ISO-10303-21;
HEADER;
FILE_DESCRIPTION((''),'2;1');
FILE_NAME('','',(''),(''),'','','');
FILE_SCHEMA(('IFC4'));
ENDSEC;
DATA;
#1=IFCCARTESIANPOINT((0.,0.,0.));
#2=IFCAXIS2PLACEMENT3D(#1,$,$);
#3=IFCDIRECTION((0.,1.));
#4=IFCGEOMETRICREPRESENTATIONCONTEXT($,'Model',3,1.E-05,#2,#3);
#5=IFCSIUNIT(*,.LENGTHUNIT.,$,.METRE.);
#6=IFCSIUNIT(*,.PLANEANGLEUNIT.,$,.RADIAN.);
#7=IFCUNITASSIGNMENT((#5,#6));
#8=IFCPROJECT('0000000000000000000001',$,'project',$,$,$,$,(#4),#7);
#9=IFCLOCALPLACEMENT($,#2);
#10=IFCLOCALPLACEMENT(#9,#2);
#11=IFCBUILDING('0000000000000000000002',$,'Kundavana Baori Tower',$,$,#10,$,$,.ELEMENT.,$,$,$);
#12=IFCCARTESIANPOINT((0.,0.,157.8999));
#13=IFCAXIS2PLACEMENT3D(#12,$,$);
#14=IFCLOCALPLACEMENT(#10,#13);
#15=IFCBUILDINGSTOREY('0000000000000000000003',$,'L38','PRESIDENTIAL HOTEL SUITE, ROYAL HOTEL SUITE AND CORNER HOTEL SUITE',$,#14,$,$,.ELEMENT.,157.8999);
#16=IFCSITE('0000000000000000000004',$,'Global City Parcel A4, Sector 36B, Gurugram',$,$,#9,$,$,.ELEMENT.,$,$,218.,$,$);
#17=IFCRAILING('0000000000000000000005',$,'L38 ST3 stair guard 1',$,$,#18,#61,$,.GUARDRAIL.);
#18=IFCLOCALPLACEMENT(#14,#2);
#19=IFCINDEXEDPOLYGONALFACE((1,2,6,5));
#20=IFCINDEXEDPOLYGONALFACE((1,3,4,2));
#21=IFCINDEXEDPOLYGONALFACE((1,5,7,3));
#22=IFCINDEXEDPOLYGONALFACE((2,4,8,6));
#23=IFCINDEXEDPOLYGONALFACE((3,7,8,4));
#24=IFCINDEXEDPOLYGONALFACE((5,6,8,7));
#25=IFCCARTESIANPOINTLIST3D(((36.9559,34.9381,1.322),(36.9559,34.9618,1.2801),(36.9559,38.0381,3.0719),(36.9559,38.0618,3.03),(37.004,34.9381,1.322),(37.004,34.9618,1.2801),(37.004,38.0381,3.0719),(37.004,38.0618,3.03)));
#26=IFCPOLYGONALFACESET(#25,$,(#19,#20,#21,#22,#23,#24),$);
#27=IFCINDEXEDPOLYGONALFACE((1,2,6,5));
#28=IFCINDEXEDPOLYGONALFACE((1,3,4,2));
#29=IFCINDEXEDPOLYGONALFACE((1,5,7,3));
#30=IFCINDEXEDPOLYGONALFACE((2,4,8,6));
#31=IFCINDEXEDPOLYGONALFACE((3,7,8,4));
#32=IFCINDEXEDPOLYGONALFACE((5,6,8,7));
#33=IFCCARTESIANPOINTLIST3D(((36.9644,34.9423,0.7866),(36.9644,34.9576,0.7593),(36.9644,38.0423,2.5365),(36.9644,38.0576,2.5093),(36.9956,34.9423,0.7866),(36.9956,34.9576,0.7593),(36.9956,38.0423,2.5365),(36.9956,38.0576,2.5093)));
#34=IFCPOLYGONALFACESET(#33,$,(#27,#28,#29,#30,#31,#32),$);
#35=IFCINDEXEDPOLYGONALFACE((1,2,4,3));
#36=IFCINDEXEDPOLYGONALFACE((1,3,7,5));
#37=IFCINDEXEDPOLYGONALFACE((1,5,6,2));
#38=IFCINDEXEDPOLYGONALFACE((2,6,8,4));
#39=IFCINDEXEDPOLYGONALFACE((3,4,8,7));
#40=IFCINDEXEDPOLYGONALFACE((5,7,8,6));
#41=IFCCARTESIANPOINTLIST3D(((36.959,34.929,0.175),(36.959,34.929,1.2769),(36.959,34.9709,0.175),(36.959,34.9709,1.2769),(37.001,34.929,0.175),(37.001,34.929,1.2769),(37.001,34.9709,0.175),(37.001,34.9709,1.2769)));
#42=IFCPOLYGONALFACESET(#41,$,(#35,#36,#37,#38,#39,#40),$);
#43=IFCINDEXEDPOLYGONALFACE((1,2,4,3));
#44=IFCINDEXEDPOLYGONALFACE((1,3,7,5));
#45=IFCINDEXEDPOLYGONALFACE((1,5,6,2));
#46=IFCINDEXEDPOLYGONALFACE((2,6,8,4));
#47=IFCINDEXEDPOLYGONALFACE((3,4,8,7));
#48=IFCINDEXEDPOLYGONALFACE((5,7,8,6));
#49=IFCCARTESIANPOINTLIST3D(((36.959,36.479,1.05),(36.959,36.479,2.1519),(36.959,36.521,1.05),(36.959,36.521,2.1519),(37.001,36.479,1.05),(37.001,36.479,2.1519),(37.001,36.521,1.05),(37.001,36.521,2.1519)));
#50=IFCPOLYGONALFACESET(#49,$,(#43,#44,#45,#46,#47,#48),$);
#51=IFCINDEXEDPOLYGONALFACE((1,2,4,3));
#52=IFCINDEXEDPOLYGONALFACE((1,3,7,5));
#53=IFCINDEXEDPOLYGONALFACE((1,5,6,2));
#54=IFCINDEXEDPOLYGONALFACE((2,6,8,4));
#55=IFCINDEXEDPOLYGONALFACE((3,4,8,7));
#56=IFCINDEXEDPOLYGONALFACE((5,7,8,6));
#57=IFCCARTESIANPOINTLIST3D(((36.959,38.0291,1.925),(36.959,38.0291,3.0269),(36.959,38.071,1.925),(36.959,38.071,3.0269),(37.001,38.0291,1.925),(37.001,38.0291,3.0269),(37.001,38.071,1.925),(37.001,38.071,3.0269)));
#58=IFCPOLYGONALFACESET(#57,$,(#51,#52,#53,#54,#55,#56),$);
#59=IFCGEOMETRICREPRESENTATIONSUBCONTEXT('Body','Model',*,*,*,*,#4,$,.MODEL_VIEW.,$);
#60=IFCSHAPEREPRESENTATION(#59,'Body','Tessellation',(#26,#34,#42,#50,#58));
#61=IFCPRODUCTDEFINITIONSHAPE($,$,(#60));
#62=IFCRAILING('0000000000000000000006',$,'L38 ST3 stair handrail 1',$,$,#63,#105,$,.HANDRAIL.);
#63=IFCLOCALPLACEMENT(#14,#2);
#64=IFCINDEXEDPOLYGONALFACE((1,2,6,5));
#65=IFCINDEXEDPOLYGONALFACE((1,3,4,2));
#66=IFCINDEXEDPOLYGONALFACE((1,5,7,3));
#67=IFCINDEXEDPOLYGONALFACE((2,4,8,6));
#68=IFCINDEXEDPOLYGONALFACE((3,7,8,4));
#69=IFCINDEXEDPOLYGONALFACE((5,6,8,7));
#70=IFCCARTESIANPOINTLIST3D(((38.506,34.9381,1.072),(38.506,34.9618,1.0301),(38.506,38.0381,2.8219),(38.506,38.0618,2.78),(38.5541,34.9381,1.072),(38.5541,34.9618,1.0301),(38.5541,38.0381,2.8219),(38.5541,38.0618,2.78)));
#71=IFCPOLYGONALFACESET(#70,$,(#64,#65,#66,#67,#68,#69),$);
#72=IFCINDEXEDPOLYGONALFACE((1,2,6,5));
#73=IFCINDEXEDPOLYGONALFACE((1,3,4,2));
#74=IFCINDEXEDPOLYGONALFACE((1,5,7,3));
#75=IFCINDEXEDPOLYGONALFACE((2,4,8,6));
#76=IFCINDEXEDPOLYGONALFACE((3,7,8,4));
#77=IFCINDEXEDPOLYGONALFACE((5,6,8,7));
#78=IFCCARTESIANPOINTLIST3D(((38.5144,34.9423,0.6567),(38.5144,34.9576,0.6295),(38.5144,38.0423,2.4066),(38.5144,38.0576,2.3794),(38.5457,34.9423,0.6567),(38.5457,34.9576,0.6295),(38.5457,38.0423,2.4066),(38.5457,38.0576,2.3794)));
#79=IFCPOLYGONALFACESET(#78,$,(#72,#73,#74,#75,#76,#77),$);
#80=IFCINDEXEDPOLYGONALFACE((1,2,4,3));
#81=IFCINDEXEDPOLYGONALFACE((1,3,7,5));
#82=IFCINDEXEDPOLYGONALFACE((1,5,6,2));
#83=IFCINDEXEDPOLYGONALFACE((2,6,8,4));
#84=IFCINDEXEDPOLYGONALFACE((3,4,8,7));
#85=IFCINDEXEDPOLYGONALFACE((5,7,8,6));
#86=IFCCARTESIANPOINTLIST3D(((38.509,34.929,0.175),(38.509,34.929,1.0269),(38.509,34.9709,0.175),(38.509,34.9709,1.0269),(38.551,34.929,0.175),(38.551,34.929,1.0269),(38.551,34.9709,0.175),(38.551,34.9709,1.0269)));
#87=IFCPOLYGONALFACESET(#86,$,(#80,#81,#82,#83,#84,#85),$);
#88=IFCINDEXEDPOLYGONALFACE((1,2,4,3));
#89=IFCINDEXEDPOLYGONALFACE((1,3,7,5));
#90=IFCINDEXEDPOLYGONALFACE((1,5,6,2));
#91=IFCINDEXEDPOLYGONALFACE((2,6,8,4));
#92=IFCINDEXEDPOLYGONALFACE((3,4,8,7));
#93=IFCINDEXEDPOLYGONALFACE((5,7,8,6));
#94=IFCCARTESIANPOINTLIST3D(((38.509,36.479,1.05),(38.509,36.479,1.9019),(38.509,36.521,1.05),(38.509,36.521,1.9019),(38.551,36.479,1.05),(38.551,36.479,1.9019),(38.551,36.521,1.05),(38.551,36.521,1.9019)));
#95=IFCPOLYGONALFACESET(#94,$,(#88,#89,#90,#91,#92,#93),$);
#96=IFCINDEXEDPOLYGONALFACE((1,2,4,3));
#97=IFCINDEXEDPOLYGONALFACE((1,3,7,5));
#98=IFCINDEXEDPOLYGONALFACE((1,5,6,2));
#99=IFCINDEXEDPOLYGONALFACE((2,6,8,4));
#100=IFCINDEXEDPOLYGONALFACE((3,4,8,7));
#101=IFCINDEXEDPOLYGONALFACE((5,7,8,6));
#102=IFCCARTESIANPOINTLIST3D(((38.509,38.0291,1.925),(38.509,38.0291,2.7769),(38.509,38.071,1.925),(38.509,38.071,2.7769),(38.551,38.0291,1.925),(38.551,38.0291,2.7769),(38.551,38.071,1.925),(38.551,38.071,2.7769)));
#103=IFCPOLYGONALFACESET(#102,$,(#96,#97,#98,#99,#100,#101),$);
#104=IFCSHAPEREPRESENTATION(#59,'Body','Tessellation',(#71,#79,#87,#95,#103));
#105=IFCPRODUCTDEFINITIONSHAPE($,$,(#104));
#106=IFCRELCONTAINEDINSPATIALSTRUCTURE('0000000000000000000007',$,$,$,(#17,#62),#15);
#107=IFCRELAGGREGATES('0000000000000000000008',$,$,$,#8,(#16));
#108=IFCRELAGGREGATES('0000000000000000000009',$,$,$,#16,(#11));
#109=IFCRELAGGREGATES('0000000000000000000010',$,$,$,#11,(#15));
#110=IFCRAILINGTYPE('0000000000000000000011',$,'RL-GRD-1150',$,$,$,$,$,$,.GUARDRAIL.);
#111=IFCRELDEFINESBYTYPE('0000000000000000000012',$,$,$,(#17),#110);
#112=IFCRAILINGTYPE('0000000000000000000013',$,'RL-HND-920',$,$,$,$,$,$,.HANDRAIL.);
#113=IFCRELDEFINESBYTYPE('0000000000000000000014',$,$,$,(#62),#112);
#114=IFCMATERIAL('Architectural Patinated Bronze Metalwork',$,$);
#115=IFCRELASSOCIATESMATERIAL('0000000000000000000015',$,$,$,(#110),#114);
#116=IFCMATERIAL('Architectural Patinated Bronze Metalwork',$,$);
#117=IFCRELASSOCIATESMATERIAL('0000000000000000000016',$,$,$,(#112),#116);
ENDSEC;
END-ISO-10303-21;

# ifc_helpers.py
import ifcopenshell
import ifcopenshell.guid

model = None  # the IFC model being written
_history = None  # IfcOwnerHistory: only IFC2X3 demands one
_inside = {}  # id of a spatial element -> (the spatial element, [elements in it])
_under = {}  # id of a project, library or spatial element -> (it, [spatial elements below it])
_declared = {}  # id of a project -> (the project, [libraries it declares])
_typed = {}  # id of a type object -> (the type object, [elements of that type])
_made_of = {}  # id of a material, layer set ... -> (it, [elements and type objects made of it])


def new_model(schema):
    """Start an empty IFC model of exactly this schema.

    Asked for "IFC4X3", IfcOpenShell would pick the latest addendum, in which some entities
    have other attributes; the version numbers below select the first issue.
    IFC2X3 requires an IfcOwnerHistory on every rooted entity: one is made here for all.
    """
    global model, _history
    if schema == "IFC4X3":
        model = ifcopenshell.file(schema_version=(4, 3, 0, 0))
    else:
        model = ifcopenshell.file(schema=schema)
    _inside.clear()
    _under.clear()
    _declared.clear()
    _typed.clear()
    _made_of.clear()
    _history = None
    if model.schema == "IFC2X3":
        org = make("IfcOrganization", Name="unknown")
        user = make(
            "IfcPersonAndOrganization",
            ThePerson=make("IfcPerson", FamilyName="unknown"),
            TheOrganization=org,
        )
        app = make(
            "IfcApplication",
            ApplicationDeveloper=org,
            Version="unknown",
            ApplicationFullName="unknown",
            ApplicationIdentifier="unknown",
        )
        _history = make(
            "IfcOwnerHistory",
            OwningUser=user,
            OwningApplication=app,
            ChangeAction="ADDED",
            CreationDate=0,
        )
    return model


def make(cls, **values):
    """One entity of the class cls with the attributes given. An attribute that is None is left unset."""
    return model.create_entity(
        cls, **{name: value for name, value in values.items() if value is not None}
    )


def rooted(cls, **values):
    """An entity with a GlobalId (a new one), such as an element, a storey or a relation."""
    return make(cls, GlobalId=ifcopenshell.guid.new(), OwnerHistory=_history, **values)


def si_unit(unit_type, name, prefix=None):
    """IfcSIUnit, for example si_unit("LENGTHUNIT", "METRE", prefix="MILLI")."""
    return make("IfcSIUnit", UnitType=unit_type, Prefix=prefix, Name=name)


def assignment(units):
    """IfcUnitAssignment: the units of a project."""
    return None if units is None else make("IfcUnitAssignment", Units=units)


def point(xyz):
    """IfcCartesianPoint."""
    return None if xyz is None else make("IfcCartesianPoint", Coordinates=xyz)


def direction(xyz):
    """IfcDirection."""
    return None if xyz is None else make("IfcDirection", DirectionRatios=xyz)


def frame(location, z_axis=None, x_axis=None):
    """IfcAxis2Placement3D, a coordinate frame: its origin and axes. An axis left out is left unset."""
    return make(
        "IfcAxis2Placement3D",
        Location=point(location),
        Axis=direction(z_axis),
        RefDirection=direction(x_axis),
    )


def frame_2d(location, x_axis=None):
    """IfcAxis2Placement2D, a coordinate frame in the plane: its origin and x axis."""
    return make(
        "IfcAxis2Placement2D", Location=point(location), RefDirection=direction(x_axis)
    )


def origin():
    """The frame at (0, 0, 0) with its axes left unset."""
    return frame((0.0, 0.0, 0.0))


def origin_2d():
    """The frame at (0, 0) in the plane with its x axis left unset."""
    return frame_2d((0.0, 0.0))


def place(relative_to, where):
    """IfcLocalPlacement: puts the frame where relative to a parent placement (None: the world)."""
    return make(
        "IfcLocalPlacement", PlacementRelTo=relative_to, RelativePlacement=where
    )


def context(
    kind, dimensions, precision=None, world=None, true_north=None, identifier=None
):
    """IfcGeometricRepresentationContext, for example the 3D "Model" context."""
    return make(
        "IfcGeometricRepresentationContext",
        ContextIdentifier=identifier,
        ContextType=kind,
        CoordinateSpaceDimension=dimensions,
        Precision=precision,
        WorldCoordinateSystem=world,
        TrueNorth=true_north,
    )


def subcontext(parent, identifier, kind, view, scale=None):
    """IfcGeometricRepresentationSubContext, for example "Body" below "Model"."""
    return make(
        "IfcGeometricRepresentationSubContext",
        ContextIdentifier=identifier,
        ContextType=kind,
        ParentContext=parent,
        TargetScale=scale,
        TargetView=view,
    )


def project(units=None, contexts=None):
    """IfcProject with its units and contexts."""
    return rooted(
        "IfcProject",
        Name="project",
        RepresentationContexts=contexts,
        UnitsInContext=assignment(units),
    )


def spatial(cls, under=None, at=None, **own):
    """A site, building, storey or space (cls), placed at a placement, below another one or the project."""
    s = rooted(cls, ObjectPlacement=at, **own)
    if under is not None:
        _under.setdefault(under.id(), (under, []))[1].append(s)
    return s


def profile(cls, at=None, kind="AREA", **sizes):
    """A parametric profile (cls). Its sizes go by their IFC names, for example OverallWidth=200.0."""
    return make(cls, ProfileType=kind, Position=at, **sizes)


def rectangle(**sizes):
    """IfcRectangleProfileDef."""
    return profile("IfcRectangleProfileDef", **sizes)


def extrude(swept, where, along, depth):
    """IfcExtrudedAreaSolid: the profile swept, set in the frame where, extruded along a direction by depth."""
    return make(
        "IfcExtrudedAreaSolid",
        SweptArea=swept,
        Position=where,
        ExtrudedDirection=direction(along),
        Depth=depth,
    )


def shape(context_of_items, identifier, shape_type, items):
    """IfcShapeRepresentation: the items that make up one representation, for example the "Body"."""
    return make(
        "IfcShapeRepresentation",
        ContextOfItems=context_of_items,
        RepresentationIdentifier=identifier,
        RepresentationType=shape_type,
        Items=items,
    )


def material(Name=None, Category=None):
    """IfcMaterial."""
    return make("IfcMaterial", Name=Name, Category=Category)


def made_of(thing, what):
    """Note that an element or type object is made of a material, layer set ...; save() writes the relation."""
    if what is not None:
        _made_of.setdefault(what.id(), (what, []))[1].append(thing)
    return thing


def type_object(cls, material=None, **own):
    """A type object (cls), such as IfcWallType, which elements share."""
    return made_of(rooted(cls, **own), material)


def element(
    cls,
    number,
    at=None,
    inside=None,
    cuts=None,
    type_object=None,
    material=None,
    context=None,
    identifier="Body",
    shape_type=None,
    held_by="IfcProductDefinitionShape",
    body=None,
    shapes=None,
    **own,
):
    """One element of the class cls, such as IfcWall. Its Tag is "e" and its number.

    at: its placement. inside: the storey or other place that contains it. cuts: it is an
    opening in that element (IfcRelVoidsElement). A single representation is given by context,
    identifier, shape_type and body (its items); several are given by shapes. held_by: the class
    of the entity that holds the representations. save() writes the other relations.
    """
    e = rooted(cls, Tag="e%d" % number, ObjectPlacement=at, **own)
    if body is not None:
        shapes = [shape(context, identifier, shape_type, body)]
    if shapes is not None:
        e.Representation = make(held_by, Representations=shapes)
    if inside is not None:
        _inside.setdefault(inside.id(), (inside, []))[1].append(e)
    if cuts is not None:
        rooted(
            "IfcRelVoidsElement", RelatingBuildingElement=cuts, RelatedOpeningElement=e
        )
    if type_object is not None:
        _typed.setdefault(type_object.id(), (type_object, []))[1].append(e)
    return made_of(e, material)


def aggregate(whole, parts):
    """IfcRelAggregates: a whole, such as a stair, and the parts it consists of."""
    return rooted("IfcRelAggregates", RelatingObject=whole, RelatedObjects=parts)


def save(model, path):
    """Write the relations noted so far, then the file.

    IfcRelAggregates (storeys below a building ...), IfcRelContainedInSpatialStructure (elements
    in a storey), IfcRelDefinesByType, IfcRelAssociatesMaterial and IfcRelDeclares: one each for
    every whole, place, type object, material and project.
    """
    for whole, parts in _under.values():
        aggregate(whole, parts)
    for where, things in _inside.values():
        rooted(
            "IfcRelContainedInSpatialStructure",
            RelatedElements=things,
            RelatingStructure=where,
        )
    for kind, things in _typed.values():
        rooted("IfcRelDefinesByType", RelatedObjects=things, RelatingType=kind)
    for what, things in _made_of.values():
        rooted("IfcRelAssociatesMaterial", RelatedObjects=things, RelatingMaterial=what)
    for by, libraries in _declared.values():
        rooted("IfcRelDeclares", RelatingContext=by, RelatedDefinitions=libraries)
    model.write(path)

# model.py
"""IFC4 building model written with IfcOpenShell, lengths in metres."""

from ifc_helpers import new_model, si_unit, direction, frame, origin, origin_2d, place, context, subcontext, project, spatial, rectangle, extrude, material, type_object, element, save


model = new_model("IFC4")

# Units and contexts
model_context = context("Model", 3, precision=1e-05, world=origin(), true_north=direction((0.0, 1.0)))
body_context = subcontext(model_context, "Body", "Model", "MODEL_VIEW")
ifc_project = project(units=[si_unit("LENGTHUNIT", "METRE"), si_unit("PLANEANGLEUNIT", "RADIAN")], contexts=[model_context])

# Site, building, storey
site_placement = place(None, origin())
site = spatial("IfcSite", under=ifc_project, at=site_placement, Name="Global City Parcel A4, Sector 36B, Gurugram", CompositionType="ELEMENT", RefElevation=218.0)
building_placement = place(site_placement, origin())
building = spatial("IfcBuilding", under=site, at=building_placement, Name="Kundavana Baori Tower", CompositionType="ELEMENT")
storey_placement = place(building_placement, frame((0.0, 0.0, 157.8999)))
storey = spatial("IfcBuildingStorey", under=building, at=storey_placement, Name="L38", Description="PRESIDENTIAL HOTEL SUITE, ROYAL HOTEL SUITE AND CORNER HOTEL SUITE", CompositionType="ELEMENT", Elevation=157.8999)

# Railings
ifc_material_1 = material(Name="Architectural Patinated Bronze Metalwork")
railing_type_1 = type_object("IfcRailingType", Name="RL-GRD-1150", PredefinedType="GUARDRAIL", material=ifc_material_1)
railing_1_placement = place(storey_placement, frame((36.98, 34.95, 0.175)))
element("IfcRailing", 1, at=railing_1_placement, inside=storey, type_object=railing_type_1, Name="L38 ST3 stair guard 1", PredefinedType="GUARDRAIL", context=body_context, shape_type="SweptSolid", body=[
    extrude(rectangle(XDim=0.0481, YDim=0.0481, at=origin_2d()), frame((0.0, 0.0, 1.126), z_axis=(0.0, 0.870831, 0.491583), x_axis=(-1.0, 0.0, 0.0)), (0.0, 0.0, 1.0), 3.5598),
    extrude(rectangle(XDim=0.0312, YDim=0.0312, at=origin_2d()), frame((0.0, 0.0, 0.5979), z_axis=(0.0, 0.870831, 0.491583), x_axis=(-1.0, 0.0, 0.0)), (0.0, 0.0, 1.0), 3.5598),
    extrude(rectangle(XDim=0.042, YDim=0.042, at=origin_2d()), origin(), (0.0, 0.0, 1.0), 1.1018),
    extrude(rectangle(XDim=0.042, YDim=0.042, at=origin_2d()), frame((0.0, 1.55, 0.875)), (0.0, 0.0, 1.0), 1.1018),
    extrude(rectangle(XDim=0.042, YDim=0.042, at=origin_2d()), frame((0.0, 3.1001, 1.75)), (0.0, 0.0, 1.0), 1.1018),
])
ifc_material_2 = material(Name="Architectural Patinated Bronze Metalwork")
railing_type_2 = type_object("IfcRailingType", Name="RL-HND-920", PredefinedType="HANDRAIL", material=ifc_material_2)
railing_2_placement = place(storey_placement, frame((38.53, 34.95, 0.175)))
element("IfcRailing", 2, at=railing_2_placement, inside=storey, type_object=railing_type_2, Name="L38 ST3 stair handrail 1", PredefinedType="HANDRAIL", context=body_context, shape_type="SweptSolid", body=[
    extrude(rectangle(XDim=0.0481, YDim=0.0481, at=origin_2d()), frame((0.0, 0.0, 0.876), z_axis=(0.0, 0.870831, 0.491583), x_axis=(-1.0, 0.0, 0.0)), (0.0, 0.0, 1.0), 3.5598),
    extrude(rectangle(XDim=0.0312, YDim=0.0312, at=origin_2d()), frame((0.0, 0.0, 0.468), z_axis=(0.0, 0.870831, 0.491583), x_axis=(-1.0, 0.0, 0.0)), (0.0, 0.0, 1.0), 3.5598),
    extrude(rectangle(XDim=0.042, YDim=0.042, at=origin_2d()), origin(), (0.0, 0.0, 1.0), 0.8518),
    extrude(rectangle(XDim=0.042, YDim=0.042, at=origin_2d()), frame((0.0, 1.55, 0.875)), (0.0, 0.0, 1.0), 0.8518),
    extrude(rectangle(XDim=0.042, YDim=0.042, at=origin_2d()), frame((0.0, 3.1001, 1.75)), (0.0, 0.0, 1.0), 0.8518),
])

save(model, "model.ifc")
